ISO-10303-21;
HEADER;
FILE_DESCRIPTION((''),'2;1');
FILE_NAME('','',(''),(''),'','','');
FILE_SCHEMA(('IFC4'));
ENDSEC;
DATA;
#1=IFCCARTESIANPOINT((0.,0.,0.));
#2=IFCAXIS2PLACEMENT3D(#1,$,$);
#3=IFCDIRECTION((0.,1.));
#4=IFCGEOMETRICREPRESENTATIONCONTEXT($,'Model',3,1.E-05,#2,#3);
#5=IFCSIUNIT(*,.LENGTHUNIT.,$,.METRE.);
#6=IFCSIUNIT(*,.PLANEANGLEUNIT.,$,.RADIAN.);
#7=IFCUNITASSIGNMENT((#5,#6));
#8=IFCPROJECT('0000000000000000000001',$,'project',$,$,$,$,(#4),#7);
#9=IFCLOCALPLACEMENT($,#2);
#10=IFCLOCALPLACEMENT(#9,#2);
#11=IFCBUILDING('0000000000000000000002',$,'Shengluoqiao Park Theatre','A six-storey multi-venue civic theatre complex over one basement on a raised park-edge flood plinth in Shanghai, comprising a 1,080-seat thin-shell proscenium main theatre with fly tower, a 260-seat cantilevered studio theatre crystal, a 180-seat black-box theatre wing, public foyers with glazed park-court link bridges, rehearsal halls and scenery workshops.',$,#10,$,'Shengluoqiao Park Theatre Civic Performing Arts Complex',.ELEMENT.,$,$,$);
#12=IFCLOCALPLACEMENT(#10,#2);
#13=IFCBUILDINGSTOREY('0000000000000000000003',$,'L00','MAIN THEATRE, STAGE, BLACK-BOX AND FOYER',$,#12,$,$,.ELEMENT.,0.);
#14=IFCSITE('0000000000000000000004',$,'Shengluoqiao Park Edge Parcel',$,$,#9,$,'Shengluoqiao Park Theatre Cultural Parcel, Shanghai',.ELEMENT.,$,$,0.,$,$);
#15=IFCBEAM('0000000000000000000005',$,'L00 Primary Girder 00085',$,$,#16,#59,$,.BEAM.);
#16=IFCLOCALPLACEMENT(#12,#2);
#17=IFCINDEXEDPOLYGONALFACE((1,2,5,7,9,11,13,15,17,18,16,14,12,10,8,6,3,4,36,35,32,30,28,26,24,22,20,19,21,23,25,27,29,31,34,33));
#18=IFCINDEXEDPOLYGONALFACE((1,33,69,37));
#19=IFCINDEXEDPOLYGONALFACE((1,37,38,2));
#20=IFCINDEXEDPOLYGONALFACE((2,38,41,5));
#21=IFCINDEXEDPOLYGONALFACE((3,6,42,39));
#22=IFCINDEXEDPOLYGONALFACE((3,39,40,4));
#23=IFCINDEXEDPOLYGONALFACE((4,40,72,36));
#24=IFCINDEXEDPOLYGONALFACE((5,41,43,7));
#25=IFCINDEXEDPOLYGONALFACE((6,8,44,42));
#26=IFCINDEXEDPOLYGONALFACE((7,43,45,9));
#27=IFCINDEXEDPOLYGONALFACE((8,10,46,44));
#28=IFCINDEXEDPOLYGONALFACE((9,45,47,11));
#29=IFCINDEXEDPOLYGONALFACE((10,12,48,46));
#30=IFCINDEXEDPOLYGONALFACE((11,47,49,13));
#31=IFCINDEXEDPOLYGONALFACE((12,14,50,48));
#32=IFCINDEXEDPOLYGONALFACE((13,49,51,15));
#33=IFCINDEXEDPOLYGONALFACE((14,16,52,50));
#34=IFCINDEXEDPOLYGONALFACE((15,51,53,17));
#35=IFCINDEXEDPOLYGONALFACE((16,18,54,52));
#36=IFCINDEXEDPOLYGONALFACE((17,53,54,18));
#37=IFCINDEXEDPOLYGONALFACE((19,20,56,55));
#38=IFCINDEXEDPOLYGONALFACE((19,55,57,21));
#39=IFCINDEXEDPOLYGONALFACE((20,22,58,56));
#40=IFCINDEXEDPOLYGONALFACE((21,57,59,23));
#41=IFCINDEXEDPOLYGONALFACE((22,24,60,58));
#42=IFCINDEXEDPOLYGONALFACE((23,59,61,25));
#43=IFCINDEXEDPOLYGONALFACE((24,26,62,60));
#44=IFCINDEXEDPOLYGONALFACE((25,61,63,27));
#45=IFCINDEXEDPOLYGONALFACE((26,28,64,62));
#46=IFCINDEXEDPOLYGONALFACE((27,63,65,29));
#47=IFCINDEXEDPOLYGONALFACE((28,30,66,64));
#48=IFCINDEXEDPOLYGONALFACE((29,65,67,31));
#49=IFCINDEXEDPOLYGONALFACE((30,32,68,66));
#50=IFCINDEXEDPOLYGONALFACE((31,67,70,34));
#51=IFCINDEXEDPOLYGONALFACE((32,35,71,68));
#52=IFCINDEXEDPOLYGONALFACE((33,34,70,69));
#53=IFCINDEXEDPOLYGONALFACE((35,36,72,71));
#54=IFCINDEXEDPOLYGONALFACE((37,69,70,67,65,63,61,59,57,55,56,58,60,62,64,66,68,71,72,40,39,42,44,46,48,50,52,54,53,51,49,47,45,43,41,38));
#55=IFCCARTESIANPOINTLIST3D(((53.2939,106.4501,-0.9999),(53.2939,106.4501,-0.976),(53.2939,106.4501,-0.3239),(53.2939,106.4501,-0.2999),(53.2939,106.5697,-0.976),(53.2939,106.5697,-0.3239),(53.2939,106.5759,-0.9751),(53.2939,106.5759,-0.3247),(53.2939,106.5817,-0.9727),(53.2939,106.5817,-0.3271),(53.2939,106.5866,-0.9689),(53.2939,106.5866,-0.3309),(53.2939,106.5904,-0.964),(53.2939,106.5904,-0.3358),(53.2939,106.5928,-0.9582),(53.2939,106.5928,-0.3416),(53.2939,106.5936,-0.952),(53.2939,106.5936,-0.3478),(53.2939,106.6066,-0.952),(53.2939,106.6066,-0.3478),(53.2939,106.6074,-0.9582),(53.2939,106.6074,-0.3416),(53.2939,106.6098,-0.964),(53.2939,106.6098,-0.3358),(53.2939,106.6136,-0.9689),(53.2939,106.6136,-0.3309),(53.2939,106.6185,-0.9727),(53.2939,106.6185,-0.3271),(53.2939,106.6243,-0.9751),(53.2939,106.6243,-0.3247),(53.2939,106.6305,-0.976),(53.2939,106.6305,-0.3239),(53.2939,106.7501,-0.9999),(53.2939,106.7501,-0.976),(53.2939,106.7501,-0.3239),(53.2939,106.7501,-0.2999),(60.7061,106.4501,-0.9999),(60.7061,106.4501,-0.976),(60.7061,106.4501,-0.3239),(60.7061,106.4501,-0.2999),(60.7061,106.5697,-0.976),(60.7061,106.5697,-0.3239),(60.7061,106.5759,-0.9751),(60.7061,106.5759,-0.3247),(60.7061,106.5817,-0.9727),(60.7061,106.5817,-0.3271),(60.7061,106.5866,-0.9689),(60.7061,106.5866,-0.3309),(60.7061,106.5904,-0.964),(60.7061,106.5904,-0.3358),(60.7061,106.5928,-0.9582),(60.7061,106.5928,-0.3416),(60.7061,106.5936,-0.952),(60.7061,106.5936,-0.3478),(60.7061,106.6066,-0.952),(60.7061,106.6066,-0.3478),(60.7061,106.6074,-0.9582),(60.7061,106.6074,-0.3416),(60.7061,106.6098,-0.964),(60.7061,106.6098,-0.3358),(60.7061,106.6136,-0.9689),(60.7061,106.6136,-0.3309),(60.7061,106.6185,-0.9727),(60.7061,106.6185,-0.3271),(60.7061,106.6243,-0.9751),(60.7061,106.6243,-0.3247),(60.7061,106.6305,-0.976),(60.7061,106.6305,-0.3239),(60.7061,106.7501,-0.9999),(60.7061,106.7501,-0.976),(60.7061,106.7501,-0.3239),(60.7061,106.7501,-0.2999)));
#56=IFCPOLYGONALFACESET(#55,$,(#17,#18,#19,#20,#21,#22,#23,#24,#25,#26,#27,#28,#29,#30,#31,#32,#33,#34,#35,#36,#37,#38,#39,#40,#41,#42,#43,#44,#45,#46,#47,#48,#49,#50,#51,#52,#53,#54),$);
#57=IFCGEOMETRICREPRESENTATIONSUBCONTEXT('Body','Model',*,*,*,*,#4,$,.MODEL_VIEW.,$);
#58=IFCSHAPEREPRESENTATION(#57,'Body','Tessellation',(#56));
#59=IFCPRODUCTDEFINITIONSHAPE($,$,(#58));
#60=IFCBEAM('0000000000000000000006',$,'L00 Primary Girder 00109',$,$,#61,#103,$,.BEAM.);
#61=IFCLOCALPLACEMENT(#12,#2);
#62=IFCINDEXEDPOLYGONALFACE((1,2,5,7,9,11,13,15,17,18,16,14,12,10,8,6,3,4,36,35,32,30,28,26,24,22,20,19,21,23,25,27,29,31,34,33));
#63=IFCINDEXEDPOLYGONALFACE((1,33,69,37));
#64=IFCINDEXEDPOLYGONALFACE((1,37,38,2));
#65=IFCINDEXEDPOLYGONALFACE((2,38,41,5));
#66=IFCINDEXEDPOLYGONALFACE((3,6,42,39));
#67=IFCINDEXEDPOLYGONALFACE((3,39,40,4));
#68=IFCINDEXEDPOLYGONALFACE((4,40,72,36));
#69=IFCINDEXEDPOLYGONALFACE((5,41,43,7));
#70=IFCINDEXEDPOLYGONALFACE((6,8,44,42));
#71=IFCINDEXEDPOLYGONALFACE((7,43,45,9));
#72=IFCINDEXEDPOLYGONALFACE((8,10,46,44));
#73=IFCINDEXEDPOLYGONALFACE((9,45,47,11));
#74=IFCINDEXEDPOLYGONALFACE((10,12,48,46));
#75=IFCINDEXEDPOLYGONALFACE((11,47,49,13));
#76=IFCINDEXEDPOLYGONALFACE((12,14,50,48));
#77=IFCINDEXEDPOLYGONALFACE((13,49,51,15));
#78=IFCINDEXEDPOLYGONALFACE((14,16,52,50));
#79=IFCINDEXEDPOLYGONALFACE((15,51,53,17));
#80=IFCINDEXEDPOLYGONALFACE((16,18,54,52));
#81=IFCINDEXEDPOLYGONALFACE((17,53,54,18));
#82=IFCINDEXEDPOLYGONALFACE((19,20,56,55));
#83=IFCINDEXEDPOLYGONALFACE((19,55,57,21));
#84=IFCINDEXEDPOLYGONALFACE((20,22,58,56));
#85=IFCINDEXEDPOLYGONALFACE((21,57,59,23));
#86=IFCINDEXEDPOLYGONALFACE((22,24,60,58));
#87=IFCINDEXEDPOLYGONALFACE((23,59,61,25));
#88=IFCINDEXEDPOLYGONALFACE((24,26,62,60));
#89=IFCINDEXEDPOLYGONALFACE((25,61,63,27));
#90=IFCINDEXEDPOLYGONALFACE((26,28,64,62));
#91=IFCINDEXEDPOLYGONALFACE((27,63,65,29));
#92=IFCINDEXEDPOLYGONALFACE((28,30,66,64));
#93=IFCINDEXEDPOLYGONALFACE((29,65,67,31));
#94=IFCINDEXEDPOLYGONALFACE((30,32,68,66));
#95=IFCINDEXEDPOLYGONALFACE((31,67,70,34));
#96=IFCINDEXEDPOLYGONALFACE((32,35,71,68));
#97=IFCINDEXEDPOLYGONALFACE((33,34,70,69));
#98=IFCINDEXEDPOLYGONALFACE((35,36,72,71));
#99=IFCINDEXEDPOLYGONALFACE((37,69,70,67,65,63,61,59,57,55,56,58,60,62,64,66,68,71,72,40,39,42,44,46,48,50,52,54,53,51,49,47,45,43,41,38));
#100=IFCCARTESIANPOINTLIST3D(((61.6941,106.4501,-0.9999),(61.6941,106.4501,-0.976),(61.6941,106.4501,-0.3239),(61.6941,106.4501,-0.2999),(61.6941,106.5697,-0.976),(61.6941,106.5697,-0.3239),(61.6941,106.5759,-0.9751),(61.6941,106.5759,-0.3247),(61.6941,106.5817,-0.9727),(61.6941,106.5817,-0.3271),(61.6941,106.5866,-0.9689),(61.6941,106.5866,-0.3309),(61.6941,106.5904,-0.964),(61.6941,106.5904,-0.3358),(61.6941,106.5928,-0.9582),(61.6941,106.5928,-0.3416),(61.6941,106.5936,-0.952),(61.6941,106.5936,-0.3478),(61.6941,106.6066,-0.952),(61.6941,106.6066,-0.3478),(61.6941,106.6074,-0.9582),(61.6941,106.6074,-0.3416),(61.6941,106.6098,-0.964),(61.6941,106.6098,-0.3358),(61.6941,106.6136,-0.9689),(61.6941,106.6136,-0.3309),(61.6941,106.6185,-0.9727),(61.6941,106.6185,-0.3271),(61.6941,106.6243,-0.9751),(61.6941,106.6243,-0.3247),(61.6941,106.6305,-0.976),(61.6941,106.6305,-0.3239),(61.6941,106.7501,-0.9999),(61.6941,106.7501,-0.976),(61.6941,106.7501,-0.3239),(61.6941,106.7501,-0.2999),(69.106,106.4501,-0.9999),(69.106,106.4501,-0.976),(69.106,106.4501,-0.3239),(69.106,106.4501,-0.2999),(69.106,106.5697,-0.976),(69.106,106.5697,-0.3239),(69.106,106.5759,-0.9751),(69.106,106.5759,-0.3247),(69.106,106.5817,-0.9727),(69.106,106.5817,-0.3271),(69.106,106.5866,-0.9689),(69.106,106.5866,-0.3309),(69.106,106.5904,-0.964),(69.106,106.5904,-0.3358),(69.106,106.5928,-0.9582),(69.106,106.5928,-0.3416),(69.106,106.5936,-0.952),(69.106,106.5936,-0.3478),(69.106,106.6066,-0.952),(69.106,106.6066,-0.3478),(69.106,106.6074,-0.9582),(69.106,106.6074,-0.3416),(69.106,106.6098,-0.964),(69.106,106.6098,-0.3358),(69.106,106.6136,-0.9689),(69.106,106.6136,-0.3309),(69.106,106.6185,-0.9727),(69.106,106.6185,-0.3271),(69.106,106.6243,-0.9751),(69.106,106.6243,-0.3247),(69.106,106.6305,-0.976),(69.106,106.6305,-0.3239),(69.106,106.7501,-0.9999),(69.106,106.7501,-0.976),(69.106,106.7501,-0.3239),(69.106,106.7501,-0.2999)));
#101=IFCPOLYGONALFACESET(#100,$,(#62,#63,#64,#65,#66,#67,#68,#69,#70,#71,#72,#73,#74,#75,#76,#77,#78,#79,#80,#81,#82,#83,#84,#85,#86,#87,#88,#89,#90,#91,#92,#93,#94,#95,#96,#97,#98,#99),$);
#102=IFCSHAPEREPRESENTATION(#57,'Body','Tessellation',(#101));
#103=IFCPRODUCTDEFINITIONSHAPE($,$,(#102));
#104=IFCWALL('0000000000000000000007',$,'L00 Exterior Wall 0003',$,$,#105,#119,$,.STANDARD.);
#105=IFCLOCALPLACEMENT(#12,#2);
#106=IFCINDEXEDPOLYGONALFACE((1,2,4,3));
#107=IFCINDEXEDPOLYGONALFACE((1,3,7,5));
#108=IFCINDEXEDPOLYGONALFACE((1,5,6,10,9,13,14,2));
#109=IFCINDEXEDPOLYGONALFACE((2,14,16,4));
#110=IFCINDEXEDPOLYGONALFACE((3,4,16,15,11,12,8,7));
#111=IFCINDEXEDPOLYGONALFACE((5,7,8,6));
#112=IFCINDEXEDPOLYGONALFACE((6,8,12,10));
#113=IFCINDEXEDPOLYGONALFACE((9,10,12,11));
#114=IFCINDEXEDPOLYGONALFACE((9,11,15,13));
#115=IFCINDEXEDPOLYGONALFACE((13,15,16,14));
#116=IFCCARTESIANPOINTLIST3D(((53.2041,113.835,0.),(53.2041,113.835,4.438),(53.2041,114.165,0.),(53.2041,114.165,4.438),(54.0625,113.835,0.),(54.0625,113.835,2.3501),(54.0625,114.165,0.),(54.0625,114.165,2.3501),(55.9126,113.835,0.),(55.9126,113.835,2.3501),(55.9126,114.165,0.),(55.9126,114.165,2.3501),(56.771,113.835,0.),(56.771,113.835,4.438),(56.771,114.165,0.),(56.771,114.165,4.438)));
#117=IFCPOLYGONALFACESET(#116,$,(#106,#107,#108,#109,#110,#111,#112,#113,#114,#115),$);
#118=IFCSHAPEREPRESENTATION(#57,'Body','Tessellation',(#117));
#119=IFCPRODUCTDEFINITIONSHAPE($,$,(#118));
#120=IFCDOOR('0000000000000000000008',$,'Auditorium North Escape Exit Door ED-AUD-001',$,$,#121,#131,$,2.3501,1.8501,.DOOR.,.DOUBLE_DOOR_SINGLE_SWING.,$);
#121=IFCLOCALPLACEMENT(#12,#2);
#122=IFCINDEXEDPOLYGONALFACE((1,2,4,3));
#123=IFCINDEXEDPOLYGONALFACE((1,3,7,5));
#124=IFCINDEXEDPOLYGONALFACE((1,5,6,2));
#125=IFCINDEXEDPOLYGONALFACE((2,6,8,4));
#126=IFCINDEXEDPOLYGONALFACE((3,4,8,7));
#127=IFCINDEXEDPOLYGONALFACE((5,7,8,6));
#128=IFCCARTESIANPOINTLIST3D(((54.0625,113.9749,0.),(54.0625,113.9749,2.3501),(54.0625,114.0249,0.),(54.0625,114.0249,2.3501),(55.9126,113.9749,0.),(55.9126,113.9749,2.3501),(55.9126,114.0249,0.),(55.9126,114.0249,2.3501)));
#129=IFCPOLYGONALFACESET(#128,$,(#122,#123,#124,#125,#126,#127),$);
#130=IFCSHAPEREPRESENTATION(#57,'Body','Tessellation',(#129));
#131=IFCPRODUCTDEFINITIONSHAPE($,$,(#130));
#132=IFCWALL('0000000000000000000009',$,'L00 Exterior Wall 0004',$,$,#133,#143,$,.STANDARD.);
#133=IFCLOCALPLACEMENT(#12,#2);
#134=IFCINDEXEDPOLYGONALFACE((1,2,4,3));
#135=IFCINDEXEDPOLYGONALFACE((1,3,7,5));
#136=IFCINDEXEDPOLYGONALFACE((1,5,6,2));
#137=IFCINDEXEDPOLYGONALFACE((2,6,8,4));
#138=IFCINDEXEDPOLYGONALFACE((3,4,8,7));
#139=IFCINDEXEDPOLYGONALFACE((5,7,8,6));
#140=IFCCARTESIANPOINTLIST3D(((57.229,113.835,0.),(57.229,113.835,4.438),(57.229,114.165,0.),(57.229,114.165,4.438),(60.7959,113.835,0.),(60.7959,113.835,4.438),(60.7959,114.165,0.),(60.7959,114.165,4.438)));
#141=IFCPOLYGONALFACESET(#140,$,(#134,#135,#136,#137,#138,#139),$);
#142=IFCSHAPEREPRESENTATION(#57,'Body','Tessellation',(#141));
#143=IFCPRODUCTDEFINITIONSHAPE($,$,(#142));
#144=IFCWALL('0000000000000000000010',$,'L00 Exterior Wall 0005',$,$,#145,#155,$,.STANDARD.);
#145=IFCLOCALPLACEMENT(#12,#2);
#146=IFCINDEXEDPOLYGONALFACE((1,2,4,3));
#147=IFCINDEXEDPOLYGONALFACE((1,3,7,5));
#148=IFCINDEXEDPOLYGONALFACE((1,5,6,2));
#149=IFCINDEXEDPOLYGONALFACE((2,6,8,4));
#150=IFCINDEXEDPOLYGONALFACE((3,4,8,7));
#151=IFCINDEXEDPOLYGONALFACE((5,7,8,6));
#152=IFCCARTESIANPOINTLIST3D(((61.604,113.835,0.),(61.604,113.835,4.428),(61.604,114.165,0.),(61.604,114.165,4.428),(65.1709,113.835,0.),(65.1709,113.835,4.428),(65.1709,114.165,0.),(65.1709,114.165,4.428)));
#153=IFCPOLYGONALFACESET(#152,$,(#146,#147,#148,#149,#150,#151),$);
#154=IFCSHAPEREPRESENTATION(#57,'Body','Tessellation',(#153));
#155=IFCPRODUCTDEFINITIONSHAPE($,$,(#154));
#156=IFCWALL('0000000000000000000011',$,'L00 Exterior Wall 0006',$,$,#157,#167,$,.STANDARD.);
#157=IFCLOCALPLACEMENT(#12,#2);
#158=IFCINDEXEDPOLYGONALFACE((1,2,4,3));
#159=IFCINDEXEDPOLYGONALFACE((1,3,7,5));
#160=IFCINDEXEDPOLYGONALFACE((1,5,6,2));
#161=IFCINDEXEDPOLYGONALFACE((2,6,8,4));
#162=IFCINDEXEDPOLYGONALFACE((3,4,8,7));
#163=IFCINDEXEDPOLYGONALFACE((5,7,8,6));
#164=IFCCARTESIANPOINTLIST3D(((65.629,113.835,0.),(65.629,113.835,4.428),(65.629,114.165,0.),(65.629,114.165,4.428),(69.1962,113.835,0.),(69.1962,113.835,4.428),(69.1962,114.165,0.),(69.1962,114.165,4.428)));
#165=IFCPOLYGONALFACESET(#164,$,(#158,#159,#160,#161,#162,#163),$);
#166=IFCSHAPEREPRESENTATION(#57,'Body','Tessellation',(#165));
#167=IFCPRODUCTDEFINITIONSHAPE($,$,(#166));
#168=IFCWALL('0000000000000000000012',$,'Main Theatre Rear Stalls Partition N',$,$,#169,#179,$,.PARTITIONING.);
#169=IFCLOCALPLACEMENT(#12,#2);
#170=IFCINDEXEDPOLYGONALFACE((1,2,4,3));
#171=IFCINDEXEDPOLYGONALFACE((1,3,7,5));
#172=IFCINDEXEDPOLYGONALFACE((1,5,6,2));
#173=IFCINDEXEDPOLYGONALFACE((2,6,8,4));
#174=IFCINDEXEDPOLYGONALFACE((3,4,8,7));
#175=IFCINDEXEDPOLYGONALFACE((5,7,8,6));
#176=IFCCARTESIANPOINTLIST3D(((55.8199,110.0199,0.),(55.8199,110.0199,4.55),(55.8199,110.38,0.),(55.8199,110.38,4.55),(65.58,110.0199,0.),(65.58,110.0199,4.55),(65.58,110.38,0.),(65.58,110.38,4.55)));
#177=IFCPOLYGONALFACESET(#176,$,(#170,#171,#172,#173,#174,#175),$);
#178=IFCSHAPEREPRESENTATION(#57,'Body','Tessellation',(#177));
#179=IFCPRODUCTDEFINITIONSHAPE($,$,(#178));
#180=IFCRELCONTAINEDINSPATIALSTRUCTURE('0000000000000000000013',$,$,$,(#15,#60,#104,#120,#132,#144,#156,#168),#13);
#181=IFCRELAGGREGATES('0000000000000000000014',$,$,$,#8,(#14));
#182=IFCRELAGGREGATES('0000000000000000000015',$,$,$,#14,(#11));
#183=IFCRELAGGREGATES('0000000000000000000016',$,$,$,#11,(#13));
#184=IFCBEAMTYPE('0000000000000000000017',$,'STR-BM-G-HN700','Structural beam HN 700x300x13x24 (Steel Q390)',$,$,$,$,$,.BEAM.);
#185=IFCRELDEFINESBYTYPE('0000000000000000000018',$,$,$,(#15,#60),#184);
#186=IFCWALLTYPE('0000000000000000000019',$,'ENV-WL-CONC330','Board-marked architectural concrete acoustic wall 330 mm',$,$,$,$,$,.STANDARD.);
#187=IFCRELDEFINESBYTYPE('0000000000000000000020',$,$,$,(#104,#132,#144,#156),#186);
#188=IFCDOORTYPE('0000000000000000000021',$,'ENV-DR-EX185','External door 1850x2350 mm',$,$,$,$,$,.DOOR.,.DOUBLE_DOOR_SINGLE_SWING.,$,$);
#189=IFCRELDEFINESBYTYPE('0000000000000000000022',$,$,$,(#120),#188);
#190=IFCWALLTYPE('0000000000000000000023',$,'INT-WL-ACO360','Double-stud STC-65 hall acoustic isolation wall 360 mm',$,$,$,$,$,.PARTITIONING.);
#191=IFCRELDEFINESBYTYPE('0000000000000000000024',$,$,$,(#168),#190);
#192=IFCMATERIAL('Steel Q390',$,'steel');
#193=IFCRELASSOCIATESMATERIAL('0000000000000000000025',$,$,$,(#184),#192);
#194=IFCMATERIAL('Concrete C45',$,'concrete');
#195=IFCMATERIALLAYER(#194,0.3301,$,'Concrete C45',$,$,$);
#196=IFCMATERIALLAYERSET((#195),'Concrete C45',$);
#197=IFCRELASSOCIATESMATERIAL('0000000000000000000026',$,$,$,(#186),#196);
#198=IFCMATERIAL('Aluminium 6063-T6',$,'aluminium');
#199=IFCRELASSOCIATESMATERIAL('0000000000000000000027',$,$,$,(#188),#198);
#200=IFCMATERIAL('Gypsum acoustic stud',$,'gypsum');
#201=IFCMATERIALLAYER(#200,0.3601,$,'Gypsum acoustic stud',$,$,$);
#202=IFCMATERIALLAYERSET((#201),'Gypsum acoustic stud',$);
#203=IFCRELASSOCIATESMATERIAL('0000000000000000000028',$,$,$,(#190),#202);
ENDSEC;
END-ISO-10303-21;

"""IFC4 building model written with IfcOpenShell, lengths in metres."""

from ifc_helpers import new_model, si_unit, direction, frame, frame_2d, origin, origin_2d, place, context, subcontext, project, spatial, rectangle, i_section, extrude, material, layer, layer_set, material_profile, profile_set, type_object, element, fill, save


model = new_model("IFC4")

# Units and contexts
model_context = context("Model", 3, precision=1e-05, world=origin(), true_north=direction((0.0, 1.0)))
body_context = subcontext(model_context, "Body", "Model", "MODEL_VIEW")
ifc_project = project(units=[si_unit("LENGTHUNIT", "METRE"), si_unit("PLANEANGLEUNIT", "RADIAN")], contexts=[model_context])

# Site, building, storey
site_placement = place(None, origin())
site = spatial("IfcSite", under=ifc_project, at=site_placement, Name="Shengluoqiao Park Edge Parcel", LongName="Shengluoqiao Park Theatre Cultural Parcel, Shanghai", CompositionType="ELEMENT", RefElevation=0.0)
building_placement = place(site_placement, origin())
building = spatial("IfcBuilding", under=site, at=building_placement, Name="Shengluoqiao Park Theatre", Description="A six-storey multi-venue civic theatre complex over one basement on a raised park-edge flood plinth in Shanghai, comprising a 1,080-seat thin-shell proscenium main theatre with fly tower, a 260-seat cantilevered studio theatre crystal, a 180-seat black-box theatre wing, public foyers with glazed park-court link bridges, rehearsal halls and scenery workshops.", LongName="Shengluoqiao Park Theatre Civic Performing Arts Complex", CompositionType="ELEMENT")
storey_placement = place(building_placement, origin())
storey = spatial("IfcBuildingStorey", under=building, at=storey_placement, Name="L00", Description="MAIN THEATRE, STAGE, BLACK-BOX AND FOYER", CompositionType="ELEMENT", Elevation=0.0)

# Beams
ifc_material_1 = material(Name="Steel Q390", Category="steel")
ifc_material_profile_1 = material_profile(ifc_material_1, i_section(OverallWidth=0.3, OverallDepth=0.7, WebThickness=0.0129, FlangeThickness=0.0239, FilletRadius=0.0239, at=origin_2d()), Name="HN 700x300x13x24")
ifc_profile_set_1 = profile_set([ifc_material_profile_1], Name="Steel Q390")
beam_type_1 = type_object("IfcBeamType", Name="STR-BM-G-HN700", Description="Structural beam HN 700x300x13x24 (Steel Q390)", PredefinedType="BEAM", material=ifc_profile_set_1)
beam_1_placement = place(storey_placement, frame((53.2939, 106.6001, -0.6499), z_axis=(1.0, 0.0, 0.0), x_axis=(0.0, 1.0, 0.0)))
element("IfcBeam", 1, at=beam_1_placement, inside=storey, type_object=beam_type_1, Name="L00 Primary Girder 00085", PredefinedType="BEAM", context=body_context, shape_type="SweptSolid", body=[
    extrude(i_section(OverallWidth=0.3, OverallDepth=0.7, WebThickness=0.0129, FlangeThickness=0.0239, FilletRadius=0.0239, at=origin_2d()), origin(), (0.0, 0.0, 1.0), 7.4121),
])
beam_2_placement = place(storey_placement, frame((61.6941, 106.6001, -0.6499), z_axis=(1.0, 0.0, 0.0), x_axis=(0.0, 1.0, 0.0)))
element("IfcBeam", 2, at=beam_2_placement, inside=storey, type_object=beam_type_1, Name="L00 Primary Girder 00109", PredefinedType="BEAM", context=body_context, shape_type="SweptSolid", body=[
    extrude(i_section(OverallWidth=0.3, OverallDepth=0.7, WebThickness=0.0129, FlangeThickness=0.0239, FilletRadius=0.0239, at=origin_2d()), origin(), (0.0, 0.0, 1.0), 7.4119),
])

# Wall, opening, door
ifc_material_2 = material(Name="Concrete C45", Category="concrete")
ifc_layer_1 = layer(ifc_material_2, 0.3301, Name="Concrete C45")
ifc_layer_set_1 = layer_set([ifc_layer_1], Name="Concrete C45")
wall_type_1 = type_object("IfcWallType", Name="ENV-WL-CONC330", Description="Board-marked architectural concrete acoustic wall 330 mm", PredefinedType="STANDARD", material=ifc_layer_set_1)
wall_1_placement = place(storey_placement, frame((53.2041, 114.0, 0.0), z_axis=(0.0, 0.0, 1.0), x_axis=(1.0, 0.0, 0.0)))
wall_1 = element("IfcWall", 3, at=wall_1_placement, inside=storey, type_object=wall_type_1, Name="L00 Exterior Wall 0003", PredefinedType="STANDARD", context=body_context, shape_type="SweptSolid", body=[
    extrude(rectangle(XDim=3.5669, YDim=0.3301, at=frame_2d((1.7834, 0.0))), origin(), (0.0, 0.0, 1.0), 4.438),
])
opening_placement = place(wall_1_placement, frame((0.8584, 0.0, 0.0)))
opening = element("IfcOpeningElement", 4, at=opening_placement, cuts=wall_1, PredefinedType="OPENING", context=body_context, shape_type="SweptSolid", body=[
    extrude(rectangle(XDim=1.8501, YDim=2.3501, at=frame_2d((0.925, 1.175))), frame((0.0, 0.175, 0.0), z_axis=(0.0, -1.0, 0.0), x_axis=(1.0, 0.0, 0.0)), (0.0, 0.0, 1.0), 0.3501),
])
ifc_material_3 = material(Name="Aluminium 6063-T6", Category="aluminium")
door_type = type_object("IfcDoorType", Name="ENV-DR-EX185", Description="External door 1850x2350 mm", OperationType="DOUBLE_DOOR_SINGLE_SWING", PredefinedType="DOOR", material=ifc_material_3)
door_placement = place(opening_placement, origin())
door = element("IfcDoor", 5, at=door_placement, inside=storey, type_object=door_type, Name="Auditorium North Escape Exit Door ED-AUD-001", OperationType="DOUBLE_DOOR_SINGLE_SWING", OverallHeight=2.3501, OverallWidth=1.8501, PredefinedType="DOOR", context=body_context, shape_type="SweptSolid", body=[
    extrude(rectangle(XDim=1.8501, YDim=2.3501, at=frame_2d((0.925, 1.175))), frame((0.0, 0.0249, 0.0), z_axis=(0.0, -1.0, 0.0), x_axis=(1.0, 0.0, 0.0)), (0.0, 0.0, 1.0), 0.05),
])
fill(opening, door)

# Walls
wall_2_placement = place(storey_placement, frame((57.229, 114.0, 0.0), z_axis=(0.0, 0.0, 1.0), x_axis=(1.0, 0.0, 0.0)))
element("IfcWall", 6, at=wall_2_placement, inside=storey, type_object=wall_type_1, Name="L00 Exterior Wall 0004", PredefinedType="STANDARD", context=body_context, shape_type="SweptSolid", body=[
    extrude(rectangle(XDim=3.5669, YDim=0.3301, at=frame_2d((1.7834, 0.0))), origin(), (0.0, 0.0, 1.0), 4.438),
])
wall_3_placement = place(storey_placement, frame((61.604, 114.0, 0.0), z_axis=(0.0, 0.0, 1.0), x_axis=(1.0, 0.0, 0.0)))
element("IfcWall", 7, at=wall_3_placement, inside=storey, type_object=wall_type_1, Name="L00 Exterior Wall 0005", PredefinedType="STANDARD", context=body_context, shape_type="SweptSolid", body=[
    extrude(rectangle(XDim=3.5669, YDim=0.3301, at=frame_2d((1.7834, 0.0))), origin(), (0.0, 0.0, 1.0), 4.428),
])
wall_4_placement = place(storey_placement, frame((65.6289, 114.0, 0.0), z_axis=(0.0, 0.0, 1.0), x_axis=(1.0, 0.0, 0.0)))
element("IfcWall", 8, at=wall_4_placement, inside=storey, type_object=wall_type_1, Name="L00 Exterior Wall 0006", PredefinedType="STANDARD", context=body_context, shape_type="SweptSolid", body=[
    extrude(rectangle(XDim=3.5671, YDim=0.3301, at=frame_2d((1.7837, 0.0))), origin(), (0.0, 0.0, 1.0), 4.428),
])
ifc_material_4 = material(Name="Gypsum acoustic stud", Category="gypsum")
ifc_layer_2 = layer(ifc_material_4, 0.3601, Name="Gypsum acoustic stud")
ifc_layer_set_2 = layer_set([ifc_layer_2], Name="Gypsum acoustic stud")
wall_type_2 = type_object("IfcWallType", Name="INT-WL-ACO360", Description="Double-stud STC-65 hall acoustic isolation wall 360 mm", PredefinedType="PARTITIONING", material=ifc_layer_set_2)
wall_5_placement = place(storey_placement, frame((55.8201, 110.2, 0.0), z_axis=(0.0, 0.0, 1.0), x_axis=(1.0, 0.0, 0.0)))
element("IfcWall", 9, at=wall_5_placement, inside=storey, type_object=wall_type_2, Name="Main Theatre Rear Stalls Partition N", PredefinedType="PARTITIONING", context=body_context, shape_type="SweptSolid", body=[
    extrude(rectangle(XDim=9.76, YDim=0.3601, at=frame_2d((4.8799, 0.0))), origin(), (0.0, 0.0, 1.0), 4.55),
])

save(model, "model.ifc")
